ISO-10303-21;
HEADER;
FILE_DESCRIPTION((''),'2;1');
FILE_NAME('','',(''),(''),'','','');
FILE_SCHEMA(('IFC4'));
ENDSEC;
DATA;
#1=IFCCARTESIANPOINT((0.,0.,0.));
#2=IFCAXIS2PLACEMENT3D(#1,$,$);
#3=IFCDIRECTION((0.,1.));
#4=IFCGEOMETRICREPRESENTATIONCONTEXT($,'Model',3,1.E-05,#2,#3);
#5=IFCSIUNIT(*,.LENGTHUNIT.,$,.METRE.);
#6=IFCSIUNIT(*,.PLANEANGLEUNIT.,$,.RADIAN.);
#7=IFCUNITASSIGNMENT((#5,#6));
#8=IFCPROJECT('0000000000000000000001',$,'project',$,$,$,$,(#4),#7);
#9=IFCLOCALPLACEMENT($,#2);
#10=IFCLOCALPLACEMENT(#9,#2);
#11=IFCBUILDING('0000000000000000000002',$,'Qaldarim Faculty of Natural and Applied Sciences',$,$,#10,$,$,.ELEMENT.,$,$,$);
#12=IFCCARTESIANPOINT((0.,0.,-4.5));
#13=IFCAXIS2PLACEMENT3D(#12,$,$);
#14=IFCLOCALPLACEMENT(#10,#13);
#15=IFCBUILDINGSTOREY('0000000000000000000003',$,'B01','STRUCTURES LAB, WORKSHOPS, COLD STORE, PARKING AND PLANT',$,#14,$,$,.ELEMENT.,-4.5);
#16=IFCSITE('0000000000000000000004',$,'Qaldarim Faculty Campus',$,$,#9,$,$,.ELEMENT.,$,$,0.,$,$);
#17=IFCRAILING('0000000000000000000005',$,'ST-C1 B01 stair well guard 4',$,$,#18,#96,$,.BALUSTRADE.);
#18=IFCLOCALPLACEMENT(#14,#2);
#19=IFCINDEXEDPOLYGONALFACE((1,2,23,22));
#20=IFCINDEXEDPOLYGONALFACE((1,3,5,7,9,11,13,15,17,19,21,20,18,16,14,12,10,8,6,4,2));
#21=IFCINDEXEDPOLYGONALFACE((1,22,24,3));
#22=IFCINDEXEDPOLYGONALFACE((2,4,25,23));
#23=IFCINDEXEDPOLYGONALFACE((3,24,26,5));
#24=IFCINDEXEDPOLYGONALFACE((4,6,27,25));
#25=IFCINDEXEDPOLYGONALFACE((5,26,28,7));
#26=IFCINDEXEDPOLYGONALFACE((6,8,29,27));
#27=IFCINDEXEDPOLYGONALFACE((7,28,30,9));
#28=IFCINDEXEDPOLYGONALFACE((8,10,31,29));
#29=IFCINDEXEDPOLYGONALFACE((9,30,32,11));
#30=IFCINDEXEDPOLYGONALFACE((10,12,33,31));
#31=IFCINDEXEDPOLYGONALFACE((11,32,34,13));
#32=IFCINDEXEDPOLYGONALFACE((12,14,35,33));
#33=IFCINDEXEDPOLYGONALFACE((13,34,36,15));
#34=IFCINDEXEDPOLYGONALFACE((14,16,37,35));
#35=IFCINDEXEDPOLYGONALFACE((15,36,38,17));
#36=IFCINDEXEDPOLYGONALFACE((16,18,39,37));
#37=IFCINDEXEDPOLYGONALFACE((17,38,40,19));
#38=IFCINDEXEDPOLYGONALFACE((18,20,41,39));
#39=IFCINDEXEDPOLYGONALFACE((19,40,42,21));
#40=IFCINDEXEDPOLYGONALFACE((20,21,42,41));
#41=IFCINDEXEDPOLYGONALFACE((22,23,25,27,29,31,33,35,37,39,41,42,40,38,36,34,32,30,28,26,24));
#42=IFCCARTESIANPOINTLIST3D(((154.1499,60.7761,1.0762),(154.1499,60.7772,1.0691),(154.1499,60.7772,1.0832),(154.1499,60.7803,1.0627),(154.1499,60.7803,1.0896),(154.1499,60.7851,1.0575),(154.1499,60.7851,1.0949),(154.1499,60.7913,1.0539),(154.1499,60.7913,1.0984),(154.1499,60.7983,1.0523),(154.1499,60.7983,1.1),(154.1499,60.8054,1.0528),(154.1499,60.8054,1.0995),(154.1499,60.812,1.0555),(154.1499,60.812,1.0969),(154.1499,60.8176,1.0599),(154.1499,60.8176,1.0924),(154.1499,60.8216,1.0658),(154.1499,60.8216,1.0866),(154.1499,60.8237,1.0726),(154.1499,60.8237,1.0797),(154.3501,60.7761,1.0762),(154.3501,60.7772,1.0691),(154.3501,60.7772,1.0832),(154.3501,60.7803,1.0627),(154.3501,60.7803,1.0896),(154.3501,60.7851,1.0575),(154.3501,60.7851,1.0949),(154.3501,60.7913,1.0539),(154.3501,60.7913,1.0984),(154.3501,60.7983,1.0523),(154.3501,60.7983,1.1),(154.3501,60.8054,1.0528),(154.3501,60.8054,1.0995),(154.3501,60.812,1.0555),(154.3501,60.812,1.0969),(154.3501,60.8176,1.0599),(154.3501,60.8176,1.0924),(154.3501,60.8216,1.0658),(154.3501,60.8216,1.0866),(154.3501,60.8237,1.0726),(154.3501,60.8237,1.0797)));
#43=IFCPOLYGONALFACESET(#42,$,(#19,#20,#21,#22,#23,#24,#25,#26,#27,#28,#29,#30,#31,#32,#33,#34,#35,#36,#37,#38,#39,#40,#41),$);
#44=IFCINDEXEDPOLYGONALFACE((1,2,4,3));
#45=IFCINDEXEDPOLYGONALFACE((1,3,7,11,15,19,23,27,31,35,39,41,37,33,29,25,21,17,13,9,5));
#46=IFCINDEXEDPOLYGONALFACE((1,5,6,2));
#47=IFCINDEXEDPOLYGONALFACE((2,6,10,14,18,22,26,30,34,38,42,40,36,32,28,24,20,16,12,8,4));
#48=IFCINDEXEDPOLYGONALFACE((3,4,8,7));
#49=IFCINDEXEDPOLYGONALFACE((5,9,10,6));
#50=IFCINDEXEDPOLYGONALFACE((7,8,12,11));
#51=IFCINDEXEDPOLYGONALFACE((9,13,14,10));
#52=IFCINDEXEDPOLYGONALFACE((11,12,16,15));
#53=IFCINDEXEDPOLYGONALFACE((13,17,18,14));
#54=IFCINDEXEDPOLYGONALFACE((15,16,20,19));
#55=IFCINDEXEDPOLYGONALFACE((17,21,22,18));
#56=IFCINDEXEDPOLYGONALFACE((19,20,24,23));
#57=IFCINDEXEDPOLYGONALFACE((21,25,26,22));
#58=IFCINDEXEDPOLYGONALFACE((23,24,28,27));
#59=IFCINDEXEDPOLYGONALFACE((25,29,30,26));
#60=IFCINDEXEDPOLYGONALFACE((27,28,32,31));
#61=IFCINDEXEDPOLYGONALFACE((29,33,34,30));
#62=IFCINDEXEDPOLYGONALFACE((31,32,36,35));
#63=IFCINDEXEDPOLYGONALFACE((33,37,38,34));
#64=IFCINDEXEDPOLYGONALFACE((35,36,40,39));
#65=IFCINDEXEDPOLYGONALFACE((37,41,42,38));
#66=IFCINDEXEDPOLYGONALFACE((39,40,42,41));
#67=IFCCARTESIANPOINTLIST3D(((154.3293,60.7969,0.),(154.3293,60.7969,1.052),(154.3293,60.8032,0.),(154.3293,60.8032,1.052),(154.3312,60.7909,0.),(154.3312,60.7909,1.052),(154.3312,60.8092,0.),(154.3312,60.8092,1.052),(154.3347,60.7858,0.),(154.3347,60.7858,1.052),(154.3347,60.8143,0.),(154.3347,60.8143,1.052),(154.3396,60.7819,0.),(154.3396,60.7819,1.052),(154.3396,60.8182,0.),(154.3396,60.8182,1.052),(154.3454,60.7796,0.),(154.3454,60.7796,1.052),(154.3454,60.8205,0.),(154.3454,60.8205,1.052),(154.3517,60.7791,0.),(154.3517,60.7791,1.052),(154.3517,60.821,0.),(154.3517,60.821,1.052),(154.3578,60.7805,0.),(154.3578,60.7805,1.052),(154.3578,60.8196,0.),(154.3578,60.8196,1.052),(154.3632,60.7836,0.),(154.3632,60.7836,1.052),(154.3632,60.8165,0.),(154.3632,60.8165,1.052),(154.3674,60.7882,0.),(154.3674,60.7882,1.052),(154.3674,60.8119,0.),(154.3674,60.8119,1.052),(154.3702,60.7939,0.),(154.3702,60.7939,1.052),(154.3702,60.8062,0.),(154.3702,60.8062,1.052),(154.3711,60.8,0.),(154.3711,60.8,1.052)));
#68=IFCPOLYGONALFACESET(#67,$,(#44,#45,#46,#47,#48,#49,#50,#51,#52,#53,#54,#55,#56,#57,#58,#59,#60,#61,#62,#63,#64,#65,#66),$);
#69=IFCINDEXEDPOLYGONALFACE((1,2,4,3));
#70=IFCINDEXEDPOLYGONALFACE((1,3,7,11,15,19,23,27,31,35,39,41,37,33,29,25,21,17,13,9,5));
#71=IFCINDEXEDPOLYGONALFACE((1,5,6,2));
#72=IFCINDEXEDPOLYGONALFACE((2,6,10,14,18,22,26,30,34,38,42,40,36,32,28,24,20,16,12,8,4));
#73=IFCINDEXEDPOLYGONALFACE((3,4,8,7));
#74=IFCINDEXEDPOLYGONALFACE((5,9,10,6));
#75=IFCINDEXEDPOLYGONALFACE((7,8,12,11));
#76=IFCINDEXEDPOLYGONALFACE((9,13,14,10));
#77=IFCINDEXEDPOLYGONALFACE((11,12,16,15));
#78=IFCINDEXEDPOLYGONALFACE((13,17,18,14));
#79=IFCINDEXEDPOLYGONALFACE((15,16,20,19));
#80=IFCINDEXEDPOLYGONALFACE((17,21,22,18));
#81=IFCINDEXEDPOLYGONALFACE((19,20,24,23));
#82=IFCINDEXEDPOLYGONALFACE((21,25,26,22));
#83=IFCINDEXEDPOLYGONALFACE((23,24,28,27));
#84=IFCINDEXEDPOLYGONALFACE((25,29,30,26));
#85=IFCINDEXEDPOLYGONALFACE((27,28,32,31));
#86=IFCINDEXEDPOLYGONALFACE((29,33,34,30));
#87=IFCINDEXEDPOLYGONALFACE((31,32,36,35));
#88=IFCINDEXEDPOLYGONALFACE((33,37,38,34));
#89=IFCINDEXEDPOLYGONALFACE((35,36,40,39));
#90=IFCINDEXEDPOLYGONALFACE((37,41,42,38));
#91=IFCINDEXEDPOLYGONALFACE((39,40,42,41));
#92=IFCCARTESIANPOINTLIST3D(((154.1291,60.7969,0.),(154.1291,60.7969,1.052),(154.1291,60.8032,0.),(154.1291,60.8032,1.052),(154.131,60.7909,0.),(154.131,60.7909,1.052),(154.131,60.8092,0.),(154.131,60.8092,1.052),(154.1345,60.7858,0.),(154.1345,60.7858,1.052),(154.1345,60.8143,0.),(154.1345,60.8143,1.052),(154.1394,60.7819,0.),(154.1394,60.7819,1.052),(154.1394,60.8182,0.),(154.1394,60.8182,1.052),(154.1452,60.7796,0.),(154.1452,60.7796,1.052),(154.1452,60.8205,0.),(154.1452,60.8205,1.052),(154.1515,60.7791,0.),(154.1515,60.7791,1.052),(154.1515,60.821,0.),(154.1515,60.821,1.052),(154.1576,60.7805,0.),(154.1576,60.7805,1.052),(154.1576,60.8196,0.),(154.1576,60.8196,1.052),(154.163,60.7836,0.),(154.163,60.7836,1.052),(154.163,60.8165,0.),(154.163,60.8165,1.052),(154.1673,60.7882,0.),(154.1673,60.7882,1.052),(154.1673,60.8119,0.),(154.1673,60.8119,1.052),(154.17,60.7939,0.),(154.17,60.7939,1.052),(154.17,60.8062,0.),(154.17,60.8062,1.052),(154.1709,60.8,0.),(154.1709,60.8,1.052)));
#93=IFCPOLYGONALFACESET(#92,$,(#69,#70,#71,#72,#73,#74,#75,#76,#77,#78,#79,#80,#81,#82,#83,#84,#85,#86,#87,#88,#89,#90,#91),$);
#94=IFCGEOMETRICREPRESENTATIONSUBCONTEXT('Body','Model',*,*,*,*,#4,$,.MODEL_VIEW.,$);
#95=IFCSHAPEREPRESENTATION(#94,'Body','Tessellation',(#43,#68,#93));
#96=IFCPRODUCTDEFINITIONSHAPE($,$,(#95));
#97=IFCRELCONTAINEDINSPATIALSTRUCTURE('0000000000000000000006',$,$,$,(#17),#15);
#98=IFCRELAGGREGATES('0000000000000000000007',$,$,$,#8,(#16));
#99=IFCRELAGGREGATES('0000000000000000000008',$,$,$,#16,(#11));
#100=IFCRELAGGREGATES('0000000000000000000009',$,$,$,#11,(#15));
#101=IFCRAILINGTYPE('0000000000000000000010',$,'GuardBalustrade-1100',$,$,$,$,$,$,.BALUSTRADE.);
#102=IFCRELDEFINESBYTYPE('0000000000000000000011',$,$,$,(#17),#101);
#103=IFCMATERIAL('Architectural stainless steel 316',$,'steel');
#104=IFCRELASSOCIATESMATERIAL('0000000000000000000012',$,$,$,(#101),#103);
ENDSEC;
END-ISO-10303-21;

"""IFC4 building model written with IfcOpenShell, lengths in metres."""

from ifc_helpers import new_model, si_unit, direction, frame, origin, origin_2d, place, context, subcontext, project, spatial, circle, extrude, material, type_object, element, save


model = new_model("IFC4")

# Units and contexts
model_context = context("Model", 3, precision=1e-05, world=origin(), true_north=direction((0.0, 1.0)))
body_context = subcontext(model_context, "Body", "Model", "MODEL_VIEW")
ifc_project = project(units=[si_unit("LENGTHUNIT", "METRE"), si_unit("PLANEANGLEUNIT", "RADIAN")], contexts=[model_context])

# Site, building, storey
site_placement = place(None, origin())
site = spatial("IfcSite", under=ifc_project, at=site_placement, Name="Qaldarim Faculty Campus", CompositionType="ELEMENT", RefElevation=0.0)
building_placement = place(site_placement, origin())
building = spatial("IfcBuilding", under=site, at=building_placement, Name="Qaldarim Faculty of Natural and Applied Sciences", CompositionType="ELEMENT")
storey_placement = place(building_placement, frame((0.0, 0.0, -4.5)))
storey = spatial("IfcBuildingStorey", under=building, at=storey_placement, Name="B01", Description="STRUCTURES LAB, WORKSHOPS, COLD STORE, PARKING AND PLANT", CompositionType="ELEMENT", Elevation=-4.5)

# Shared definitions
ifc_material_1 = material(Name="Architectural stainless steel 316", Category="steel")

# Railing
railing_type_1 = type_object("IfcRailingType", Name="GuardBalustrade-1100", PredefinedType="BALUSTRADE", material=ifc_material_1)
railing_1_placement = place(storey_placement, frame((154.3501, 60.8, 0.0)))
element("IfcRailing", 1, at=railing_1_placement, inside=storey, type_object=railing_type_1, Name="ST-C1 B01 stair well guard 4", PredefinedType="BALUSTRADE", context=body_context, shape_type="SweptSolid", body=[
    extrude(circle(Radius=0.0239, at=origin_2d()), frame((0.0, 0.0, 1.0762), z_axis=(-1.0, 0.0, 0.0), x_axis=(0.0, -1.0, 0.0)), (0.0, 0.0, 1.0), 0.2002),
    extrude(circle(Radius=0.021, at=origin_2d()), origin(), (0.0, 0.0, 1.0), 1.052),
    extrude(circle(Radius=0.021, at=origin_2d()), frame((-0.2002, 0.0, 0.0)), (0.0, 0.0, 1.0), 1.052),
])

save(model, "model.ifc")
